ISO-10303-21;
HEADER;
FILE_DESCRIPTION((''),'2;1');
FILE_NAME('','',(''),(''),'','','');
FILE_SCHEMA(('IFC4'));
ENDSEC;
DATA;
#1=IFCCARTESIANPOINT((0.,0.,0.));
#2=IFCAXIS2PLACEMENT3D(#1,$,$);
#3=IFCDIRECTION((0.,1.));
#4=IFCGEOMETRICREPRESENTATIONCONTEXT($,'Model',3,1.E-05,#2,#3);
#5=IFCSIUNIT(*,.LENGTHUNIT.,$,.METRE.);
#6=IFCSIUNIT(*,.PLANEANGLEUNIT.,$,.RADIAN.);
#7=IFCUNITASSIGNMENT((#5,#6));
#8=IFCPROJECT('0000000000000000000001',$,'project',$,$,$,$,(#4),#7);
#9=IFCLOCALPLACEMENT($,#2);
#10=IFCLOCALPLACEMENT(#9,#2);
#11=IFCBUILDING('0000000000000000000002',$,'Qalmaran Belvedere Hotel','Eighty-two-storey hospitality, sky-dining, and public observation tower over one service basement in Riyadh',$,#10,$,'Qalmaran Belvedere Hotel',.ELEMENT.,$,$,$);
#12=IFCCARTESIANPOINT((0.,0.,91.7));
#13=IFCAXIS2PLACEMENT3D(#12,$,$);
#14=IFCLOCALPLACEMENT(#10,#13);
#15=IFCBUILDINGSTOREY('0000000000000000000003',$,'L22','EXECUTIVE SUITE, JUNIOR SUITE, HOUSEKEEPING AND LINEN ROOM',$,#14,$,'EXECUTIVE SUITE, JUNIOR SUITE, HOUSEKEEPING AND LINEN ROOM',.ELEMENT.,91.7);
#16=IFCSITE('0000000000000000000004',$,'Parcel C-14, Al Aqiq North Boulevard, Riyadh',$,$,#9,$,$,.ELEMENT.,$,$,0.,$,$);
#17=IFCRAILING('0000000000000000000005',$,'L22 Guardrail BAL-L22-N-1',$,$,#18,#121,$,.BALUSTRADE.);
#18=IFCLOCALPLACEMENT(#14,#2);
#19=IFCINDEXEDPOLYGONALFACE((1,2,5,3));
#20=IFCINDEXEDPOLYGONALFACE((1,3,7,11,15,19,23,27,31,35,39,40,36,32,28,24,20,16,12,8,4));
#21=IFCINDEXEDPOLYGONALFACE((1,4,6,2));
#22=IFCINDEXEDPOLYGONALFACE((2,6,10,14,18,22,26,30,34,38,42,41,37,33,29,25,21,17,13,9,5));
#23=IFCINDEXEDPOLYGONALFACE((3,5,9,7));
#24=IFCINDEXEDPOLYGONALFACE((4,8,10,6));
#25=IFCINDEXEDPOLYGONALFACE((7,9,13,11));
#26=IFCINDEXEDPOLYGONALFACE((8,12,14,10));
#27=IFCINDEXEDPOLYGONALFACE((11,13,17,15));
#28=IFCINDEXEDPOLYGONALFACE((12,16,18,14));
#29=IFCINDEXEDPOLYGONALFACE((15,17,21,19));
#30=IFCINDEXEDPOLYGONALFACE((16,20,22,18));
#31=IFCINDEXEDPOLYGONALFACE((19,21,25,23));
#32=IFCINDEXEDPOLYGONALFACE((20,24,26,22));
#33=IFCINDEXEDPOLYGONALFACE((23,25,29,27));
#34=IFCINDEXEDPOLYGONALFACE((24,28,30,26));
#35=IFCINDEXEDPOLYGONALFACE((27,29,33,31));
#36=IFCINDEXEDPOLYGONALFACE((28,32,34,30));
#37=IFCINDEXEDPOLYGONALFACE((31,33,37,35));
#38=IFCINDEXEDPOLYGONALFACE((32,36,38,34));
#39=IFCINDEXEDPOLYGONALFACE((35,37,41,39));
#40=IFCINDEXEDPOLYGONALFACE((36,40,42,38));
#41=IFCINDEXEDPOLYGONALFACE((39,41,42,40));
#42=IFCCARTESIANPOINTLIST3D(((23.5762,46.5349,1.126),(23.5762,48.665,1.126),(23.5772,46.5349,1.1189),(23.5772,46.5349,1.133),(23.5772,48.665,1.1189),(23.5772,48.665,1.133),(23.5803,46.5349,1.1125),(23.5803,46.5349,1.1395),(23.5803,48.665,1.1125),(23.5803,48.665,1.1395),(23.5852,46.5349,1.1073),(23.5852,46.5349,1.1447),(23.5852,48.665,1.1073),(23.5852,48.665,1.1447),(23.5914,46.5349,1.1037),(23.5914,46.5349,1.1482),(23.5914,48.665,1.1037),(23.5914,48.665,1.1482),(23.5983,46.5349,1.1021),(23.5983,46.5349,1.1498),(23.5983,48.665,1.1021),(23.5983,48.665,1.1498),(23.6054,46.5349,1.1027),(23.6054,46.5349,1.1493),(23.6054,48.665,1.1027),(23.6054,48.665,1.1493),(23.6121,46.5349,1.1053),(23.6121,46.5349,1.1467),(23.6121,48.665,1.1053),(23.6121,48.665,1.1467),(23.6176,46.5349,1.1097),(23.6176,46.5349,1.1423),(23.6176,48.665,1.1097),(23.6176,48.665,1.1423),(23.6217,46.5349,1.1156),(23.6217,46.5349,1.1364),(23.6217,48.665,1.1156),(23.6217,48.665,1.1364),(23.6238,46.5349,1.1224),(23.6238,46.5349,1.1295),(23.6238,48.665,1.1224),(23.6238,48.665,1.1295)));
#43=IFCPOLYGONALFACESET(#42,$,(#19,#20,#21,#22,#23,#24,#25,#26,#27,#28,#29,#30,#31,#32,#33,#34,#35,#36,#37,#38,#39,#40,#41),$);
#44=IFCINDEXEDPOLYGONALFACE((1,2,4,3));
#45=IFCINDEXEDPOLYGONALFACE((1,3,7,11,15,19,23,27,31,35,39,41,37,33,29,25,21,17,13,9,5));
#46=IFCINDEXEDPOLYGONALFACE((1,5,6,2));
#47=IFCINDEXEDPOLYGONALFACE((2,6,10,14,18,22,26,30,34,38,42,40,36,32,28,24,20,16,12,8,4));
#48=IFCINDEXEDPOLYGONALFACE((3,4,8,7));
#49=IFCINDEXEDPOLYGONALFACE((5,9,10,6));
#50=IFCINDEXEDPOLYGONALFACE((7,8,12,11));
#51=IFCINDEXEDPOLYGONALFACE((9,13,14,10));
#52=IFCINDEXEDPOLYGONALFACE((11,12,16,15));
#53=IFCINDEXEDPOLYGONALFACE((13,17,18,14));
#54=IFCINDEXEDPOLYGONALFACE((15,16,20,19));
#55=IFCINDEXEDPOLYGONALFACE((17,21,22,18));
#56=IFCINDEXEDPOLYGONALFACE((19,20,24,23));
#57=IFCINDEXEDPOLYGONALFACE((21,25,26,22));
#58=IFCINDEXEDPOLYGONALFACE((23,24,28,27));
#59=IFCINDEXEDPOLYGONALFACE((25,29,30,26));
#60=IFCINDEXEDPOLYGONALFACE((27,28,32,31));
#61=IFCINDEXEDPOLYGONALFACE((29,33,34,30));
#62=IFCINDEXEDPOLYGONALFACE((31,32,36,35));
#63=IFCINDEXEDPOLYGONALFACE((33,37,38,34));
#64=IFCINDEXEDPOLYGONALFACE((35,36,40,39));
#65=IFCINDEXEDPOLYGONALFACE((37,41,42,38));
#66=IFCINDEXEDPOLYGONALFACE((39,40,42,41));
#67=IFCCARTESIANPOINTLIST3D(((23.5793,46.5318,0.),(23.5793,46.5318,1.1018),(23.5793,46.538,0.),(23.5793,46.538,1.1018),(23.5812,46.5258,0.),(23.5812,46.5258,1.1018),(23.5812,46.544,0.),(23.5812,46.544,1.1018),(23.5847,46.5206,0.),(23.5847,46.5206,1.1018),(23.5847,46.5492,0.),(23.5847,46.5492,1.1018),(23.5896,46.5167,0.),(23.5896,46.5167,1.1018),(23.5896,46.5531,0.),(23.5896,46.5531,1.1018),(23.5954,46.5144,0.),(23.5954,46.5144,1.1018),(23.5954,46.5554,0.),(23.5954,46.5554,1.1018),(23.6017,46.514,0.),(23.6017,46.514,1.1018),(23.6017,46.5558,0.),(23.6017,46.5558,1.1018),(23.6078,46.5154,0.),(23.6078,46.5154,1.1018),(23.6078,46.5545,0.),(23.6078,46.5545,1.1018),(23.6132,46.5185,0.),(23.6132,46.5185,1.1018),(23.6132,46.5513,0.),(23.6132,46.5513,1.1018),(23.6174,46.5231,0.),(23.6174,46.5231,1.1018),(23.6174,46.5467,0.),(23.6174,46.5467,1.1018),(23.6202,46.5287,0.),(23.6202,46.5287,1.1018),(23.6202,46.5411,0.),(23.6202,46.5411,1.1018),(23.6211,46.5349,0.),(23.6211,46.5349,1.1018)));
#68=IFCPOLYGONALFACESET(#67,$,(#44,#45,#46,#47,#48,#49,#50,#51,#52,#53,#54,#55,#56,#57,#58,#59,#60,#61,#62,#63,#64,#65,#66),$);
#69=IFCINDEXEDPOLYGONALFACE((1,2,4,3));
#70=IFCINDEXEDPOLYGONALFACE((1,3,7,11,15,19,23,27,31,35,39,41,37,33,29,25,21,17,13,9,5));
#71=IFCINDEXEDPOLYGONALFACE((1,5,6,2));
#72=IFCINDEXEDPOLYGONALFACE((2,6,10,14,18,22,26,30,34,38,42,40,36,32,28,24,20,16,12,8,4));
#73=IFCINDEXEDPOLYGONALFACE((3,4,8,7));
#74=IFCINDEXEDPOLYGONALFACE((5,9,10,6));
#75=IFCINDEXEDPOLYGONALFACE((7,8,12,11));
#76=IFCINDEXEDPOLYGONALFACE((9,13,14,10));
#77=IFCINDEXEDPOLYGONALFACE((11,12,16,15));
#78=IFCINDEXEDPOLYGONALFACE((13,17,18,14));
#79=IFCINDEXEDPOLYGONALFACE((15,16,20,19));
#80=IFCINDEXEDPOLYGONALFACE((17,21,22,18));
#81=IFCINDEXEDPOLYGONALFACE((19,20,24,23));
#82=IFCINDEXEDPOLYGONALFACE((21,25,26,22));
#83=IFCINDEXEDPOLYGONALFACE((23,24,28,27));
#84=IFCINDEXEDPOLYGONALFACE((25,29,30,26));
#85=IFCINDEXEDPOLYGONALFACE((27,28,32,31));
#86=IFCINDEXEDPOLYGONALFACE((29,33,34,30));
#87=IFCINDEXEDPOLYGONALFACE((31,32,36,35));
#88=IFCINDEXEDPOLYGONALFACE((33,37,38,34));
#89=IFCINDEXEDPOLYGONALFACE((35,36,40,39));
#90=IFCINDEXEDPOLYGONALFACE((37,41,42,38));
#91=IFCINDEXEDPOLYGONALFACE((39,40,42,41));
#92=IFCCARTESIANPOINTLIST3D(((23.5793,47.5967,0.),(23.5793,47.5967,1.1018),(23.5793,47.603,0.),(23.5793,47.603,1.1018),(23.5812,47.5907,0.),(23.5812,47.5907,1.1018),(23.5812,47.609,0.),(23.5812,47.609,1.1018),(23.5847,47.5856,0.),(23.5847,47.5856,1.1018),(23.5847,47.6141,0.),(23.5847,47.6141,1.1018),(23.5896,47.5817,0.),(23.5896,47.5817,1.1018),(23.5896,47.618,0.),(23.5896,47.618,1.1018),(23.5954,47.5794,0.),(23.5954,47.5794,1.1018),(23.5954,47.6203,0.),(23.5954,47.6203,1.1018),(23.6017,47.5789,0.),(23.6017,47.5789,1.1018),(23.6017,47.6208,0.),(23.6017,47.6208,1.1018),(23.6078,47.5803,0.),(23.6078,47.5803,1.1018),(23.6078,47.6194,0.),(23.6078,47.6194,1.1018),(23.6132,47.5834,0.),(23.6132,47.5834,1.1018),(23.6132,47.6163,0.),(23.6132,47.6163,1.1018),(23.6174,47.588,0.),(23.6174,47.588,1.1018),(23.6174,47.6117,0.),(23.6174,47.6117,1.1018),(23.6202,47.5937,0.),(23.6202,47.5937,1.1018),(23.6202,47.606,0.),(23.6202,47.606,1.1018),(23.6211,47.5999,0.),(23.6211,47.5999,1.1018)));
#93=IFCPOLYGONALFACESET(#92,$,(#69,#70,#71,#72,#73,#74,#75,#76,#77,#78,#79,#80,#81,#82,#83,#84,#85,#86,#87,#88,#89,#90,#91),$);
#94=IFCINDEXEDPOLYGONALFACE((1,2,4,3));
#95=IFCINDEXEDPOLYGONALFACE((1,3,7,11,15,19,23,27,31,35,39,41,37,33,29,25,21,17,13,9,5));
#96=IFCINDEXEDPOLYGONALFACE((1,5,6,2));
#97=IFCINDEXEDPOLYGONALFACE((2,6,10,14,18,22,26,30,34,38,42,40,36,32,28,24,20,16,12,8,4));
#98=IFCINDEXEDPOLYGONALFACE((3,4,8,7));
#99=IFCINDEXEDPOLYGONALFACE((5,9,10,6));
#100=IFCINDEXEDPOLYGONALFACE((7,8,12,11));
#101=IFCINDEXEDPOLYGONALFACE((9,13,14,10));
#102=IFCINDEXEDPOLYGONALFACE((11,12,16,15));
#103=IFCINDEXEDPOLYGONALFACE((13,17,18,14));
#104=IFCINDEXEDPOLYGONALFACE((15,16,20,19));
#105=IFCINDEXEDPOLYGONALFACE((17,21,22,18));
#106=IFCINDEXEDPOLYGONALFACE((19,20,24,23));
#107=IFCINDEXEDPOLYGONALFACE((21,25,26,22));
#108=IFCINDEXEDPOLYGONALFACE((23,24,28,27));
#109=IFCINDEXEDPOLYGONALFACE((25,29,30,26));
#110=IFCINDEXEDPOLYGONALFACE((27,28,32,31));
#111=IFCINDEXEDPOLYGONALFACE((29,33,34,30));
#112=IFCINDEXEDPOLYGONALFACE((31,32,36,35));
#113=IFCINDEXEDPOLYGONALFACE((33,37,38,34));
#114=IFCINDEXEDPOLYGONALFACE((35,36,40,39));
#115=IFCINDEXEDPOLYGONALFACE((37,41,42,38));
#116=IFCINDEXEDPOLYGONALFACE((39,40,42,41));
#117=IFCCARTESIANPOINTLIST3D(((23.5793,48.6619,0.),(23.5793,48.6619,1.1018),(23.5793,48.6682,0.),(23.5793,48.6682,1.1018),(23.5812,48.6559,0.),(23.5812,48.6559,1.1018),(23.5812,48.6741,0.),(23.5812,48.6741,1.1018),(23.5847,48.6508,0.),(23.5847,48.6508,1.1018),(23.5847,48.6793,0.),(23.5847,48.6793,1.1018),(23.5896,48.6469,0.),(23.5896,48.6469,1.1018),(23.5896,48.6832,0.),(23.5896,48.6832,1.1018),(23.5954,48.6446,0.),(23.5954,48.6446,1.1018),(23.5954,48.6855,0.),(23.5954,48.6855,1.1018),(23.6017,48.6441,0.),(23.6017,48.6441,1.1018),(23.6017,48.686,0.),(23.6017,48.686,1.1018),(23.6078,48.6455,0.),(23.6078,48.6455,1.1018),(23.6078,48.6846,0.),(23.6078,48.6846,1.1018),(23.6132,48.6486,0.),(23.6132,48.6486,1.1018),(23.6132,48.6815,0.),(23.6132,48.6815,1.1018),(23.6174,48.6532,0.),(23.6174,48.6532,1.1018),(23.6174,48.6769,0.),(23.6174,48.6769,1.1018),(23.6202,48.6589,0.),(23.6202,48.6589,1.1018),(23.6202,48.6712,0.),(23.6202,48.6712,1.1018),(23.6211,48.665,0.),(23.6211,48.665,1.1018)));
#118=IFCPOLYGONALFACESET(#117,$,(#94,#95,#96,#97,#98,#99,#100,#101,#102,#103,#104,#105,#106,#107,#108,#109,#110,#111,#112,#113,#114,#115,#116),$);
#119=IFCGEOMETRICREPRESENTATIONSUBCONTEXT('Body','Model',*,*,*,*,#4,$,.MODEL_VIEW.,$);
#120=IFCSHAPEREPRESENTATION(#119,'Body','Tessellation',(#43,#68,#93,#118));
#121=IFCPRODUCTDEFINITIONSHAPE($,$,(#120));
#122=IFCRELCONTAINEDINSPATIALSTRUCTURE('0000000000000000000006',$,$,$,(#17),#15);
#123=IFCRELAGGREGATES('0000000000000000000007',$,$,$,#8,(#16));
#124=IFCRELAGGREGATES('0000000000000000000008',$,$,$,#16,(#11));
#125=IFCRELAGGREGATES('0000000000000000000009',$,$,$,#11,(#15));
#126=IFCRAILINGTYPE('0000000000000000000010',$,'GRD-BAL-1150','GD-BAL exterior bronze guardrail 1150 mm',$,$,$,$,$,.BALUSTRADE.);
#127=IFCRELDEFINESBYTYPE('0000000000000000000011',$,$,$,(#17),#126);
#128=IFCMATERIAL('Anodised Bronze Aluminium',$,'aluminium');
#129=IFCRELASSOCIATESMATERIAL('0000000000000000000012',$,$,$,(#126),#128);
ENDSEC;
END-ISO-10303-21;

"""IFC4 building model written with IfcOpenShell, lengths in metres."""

from ifc_helpers import new_model, si_unit, direction, frame, origin, origin_2d, place, context, subcontext, project, spatial, circle, extrude, material, type_object, element, save


model = new_model("IFC4")

# Units and contexts
model_context = context("Model", 3, precision=1e-05, world=origin(), true_north=direction((0.0, 1.0)))
body_context = subcontext(model_context, "Body", "Model", "MODEL_VIEW")
ifc_project = project(units=[si_unit("LENGTHUNIT", "METRE"), si_unit("PLANEANGLEUNIT", "RADIAN")], contexts=[model_context])

# Site, building, storey
site_placement = place(None, origin())
site = spatial("IfcSite", under=ifc_project, at=site_placement, Name="Parcel C-14, Al Aqiq North Boulevard, Riyadh", CompositionType="ELEMENT", RefElevation=0.0)
building_placement = place(site_placement, origin())
building = spatial("IfcBuilding", under=site, at=building_placement, Name="Qalmaran Belvedere Hotel", Description="Eighty-two-storey hospitality, sky-dining, and public observation tower over one service basement in Riyadh", LongName="Qalmaran Belvedere Hotel", CompositionType="ELEMENT")
storey_placement = place(building_placement, frame((0.0, 0.0, 91.7)))
storey = spatial("IfcBuildingStorey", under=building, at=storey_placement, Name="L22", Description="EXECUTIVE SUITE, JUNIOR SUITE, HOUSEKEEPING AND LINEN ROOM", LongName="EXECUTIVE SUITE, JUNIOR SUITE, HOUSEKEEPING AND LINEN ROOM", CompositionType="ELEMENT", Elevation=91.7)

# Shared definitions
ifc_material_1 = material(Name="Anodised Bronze Aluminium", Category="aluminium")

# Railing
railing_type = type_object("IfcRailingType", Name="GRD-BAL-1150", Description="GD-BAL exterior bronze guardrail 1150 mm", PredefinedType="BALUSTRADE", material=ifc_material_1)
railing_1_placement = place(storey_placement, frame((23.6001, 46.5349, 0.0)))
element("IfcRailing", 1, at=railing_1_placement, inside=storey, type_object=railing_type, Name="L22 Guardrail BAL-L22-N-1", PredefinedType="BALUSTRADE", context=body_context, shape_type="SweptSolid", body=[
    extrude(circle(Radius=0.0239, at=origin_2d()), frame((0.0, 0.0, 1.126), z_axis=(0.0, 1.0, 0.0), x_axis=(-1.0, 0.0, 0.0)), (0.0, 0.0, 1.0), 2.1301),
    extrude(circle(Radius=0.021, at=origin_2d()), origin(), (0.0, 0.0, 1.0), 1.1018),
    extrude(circle(Radius=0.021, at=origin_2d()), frame((0.0, 1.0649, 0.0)), (0.0, 0.0, 1.0), 1.1018),
    extrude(circle(Radius=0.021, at=origin_2d()), frame((0.0, 2.1301, 0.0)), (0.0, 0.0, 1.0), 1.1018),
])

save(model, "model.ifc")
